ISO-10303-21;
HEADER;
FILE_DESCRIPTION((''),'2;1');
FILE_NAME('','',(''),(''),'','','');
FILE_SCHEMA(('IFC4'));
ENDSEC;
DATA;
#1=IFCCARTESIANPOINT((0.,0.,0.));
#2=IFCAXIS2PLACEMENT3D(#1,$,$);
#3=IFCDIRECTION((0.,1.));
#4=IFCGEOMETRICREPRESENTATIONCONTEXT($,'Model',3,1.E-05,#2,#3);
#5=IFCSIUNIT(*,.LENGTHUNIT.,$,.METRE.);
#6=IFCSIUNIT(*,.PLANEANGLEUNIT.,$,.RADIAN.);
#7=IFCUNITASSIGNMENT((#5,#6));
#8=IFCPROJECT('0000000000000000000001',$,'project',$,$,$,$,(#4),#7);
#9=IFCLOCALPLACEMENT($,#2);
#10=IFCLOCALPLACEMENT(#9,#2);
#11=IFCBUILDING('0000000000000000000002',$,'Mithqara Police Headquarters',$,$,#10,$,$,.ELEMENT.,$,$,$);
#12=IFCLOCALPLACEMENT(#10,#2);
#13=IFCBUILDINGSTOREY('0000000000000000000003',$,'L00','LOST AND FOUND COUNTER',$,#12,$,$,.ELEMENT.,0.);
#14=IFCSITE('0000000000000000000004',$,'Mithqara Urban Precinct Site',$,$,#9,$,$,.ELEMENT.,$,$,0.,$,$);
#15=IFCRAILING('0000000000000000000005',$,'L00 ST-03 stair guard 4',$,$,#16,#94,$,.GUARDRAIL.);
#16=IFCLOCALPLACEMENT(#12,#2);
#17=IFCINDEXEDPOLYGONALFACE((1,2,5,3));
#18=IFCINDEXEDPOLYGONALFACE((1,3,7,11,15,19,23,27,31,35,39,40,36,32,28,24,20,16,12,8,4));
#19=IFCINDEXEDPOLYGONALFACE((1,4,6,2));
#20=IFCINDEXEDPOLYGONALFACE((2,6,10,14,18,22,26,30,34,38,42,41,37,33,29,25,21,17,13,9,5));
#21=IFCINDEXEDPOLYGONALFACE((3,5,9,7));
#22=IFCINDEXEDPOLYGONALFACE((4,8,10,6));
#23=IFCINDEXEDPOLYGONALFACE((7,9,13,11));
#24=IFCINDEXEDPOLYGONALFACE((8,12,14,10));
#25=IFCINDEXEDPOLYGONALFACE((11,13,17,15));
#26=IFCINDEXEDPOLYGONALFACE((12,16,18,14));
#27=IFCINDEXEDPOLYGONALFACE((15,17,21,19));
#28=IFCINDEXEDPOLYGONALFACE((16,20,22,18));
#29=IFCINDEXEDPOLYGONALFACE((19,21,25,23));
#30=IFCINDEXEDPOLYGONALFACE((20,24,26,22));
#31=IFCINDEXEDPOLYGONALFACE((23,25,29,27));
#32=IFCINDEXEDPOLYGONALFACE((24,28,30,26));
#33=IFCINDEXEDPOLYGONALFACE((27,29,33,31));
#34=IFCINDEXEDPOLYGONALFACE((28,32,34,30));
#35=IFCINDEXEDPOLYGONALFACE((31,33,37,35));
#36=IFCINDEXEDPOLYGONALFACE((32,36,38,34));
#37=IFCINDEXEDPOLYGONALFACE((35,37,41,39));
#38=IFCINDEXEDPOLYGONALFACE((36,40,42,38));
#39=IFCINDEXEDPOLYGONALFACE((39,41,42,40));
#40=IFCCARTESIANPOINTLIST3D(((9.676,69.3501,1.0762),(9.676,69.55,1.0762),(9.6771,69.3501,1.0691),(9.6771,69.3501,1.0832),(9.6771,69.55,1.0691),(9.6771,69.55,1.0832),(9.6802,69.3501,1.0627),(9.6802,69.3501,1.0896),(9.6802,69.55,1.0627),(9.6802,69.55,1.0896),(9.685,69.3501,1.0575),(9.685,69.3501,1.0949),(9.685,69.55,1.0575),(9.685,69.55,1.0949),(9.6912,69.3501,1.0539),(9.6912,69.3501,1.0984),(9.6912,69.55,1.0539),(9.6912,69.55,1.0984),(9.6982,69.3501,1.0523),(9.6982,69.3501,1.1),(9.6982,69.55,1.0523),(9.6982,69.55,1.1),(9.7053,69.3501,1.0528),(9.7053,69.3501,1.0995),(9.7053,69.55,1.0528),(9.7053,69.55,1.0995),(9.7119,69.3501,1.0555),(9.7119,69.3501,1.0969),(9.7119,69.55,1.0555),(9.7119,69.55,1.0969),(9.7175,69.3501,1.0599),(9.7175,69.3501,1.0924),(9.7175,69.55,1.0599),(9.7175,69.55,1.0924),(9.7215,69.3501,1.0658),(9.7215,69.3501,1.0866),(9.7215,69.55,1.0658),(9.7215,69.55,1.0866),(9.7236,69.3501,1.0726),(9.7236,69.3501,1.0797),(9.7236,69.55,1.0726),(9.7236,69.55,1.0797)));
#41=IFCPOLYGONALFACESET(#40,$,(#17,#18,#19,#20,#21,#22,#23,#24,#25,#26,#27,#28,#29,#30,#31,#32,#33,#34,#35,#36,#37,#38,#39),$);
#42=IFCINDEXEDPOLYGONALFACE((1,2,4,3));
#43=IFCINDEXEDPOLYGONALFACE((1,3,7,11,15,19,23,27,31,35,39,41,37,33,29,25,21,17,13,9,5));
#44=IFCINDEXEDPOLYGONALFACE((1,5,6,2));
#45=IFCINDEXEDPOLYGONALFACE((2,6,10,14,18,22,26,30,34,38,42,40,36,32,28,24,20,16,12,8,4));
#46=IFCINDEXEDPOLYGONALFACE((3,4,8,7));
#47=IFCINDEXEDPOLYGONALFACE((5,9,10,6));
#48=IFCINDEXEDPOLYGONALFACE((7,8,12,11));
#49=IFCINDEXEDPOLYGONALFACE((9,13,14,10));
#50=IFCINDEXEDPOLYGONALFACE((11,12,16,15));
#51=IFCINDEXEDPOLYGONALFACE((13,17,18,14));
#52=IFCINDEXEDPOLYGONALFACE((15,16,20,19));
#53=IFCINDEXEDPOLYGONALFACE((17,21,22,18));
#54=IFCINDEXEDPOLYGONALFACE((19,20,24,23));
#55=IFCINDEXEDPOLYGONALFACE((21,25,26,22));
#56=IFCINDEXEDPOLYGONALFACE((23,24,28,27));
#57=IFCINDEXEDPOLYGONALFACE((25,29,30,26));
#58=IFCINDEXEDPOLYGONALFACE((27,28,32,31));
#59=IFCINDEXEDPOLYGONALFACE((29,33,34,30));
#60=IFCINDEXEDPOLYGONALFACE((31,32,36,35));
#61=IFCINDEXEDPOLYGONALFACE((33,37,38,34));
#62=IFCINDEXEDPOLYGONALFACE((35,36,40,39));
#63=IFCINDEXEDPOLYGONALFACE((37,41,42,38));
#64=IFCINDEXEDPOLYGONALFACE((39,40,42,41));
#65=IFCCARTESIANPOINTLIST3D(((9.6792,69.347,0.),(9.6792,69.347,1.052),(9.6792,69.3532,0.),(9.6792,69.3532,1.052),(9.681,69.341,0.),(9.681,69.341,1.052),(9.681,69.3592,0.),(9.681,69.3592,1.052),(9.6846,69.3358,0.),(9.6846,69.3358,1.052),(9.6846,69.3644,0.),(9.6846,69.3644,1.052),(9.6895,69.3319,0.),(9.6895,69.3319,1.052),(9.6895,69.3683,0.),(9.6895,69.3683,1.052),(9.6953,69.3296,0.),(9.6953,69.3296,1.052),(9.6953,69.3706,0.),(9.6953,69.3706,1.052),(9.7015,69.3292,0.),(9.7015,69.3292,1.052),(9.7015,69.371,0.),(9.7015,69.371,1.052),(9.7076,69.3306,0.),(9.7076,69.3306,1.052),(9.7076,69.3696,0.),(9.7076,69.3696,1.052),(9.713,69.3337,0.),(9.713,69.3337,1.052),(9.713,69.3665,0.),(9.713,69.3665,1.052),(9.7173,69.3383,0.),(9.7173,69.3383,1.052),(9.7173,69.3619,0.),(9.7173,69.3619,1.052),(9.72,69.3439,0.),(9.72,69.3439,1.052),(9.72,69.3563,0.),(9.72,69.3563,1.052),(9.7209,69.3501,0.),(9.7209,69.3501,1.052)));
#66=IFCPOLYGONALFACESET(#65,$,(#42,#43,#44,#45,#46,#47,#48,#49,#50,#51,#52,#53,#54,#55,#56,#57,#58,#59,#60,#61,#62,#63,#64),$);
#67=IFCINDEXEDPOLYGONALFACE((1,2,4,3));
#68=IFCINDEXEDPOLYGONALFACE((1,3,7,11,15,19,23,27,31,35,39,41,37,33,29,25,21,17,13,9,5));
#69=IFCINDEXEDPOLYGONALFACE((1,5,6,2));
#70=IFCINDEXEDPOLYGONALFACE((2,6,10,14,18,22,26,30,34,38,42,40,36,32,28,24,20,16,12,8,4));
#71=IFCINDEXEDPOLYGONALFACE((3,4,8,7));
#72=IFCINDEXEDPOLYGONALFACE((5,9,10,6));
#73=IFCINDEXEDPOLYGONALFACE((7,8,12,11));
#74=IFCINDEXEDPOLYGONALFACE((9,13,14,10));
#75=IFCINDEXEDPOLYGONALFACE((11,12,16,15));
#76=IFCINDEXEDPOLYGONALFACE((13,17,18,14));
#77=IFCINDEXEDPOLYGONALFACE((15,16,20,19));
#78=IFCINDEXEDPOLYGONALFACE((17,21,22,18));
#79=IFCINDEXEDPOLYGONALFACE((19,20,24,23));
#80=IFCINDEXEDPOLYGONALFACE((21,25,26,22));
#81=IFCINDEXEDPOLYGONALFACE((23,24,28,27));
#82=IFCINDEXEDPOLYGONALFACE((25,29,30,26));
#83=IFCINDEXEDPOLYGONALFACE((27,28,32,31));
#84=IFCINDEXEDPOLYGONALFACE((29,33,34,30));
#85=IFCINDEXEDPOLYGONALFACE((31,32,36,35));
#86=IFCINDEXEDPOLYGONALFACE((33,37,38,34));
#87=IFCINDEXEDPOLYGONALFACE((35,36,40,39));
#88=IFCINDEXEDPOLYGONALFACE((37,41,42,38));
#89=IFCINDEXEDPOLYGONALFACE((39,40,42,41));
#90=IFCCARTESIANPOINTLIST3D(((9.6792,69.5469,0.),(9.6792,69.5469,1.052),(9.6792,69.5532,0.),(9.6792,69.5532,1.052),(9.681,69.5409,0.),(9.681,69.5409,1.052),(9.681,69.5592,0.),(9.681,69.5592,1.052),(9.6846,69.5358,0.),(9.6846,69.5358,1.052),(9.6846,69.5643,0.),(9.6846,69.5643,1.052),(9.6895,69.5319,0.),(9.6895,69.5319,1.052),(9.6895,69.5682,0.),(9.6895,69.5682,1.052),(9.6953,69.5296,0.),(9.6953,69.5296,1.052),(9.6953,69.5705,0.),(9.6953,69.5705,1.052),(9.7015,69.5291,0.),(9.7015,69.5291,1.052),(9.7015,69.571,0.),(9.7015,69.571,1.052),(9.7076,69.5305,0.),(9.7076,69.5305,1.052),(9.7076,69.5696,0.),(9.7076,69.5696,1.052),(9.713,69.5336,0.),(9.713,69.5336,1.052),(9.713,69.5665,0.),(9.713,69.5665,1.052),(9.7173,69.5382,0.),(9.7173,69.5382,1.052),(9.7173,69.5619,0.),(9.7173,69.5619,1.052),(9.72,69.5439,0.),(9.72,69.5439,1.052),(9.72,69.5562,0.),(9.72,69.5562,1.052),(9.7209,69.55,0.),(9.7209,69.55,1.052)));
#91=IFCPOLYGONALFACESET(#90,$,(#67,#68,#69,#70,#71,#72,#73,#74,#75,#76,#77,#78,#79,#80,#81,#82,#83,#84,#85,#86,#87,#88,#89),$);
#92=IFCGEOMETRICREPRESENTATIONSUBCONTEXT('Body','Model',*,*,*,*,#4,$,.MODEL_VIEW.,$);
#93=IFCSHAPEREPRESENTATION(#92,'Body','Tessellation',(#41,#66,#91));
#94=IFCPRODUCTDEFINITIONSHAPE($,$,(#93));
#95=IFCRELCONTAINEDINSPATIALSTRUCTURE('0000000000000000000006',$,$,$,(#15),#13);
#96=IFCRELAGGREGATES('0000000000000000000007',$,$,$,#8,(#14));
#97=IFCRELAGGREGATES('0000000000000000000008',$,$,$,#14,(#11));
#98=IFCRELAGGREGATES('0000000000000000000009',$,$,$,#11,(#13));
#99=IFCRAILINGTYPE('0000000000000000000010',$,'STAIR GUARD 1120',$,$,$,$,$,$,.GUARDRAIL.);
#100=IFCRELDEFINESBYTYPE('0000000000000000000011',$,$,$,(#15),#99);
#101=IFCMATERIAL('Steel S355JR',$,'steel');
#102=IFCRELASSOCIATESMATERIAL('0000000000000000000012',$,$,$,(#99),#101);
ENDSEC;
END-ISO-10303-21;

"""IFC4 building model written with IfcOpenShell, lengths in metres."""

from ifc_helpers import new_model, si_unit, direction, frame, origin, origin_2d, place, context, subcontext, project, spatial, circle, extrude, material, type_object, element, save


model = new_model("IFC4")

# Units and contexts
model_context = context("Model", 3, precision=1e-05, world=origin(), true_north=direction((0.0, 1.0)))
body_context = subcontext(model_context, "Body", "Model", "MODEL_VIEW")
ifc_project = project(units=[si_unit("LENGTHUNIT", "METRE"), si_unit("PLANEANGLEUNIT", "RADIAN")], contexts=[model_context])

# Site, building, storey
site_placement = place(None, origin())
site = spatial("IfcSite", under=ifc_project, at=site_placement, Name="Mithqara Urban Precinct Site", CompositionType="ELEMENT", RefElevation=0.0)
building_placement = place(site_placement, origin())
building = spatial("IfcBuilding", under=site, at=building_placement, Name="Mithqara Police Headquarters", CompositionType="ELEMENT")
storey_placement = place(building_placement, origin())
storey = spatial("IfcBuildingStorey", under=building, at=storey_placement, Name="L00", Description="LOST AND FOUND COUNTER", CompositionType="ELEMENT", Elevation=0.0)

# Shared definitions
ifc_material_1 = material(Name="Steel S355JR", Category="steel")

# Railing
railing_type_1 = type_object("IfcRailingType", Name="STAIR GUARD 1120", PredefinedType="GUARDRAIL", material=ifc_material_1)
railing_1_placement = place(storey_placement, frame((9.7, 69.3501, 0.0)))
element("IfcRailing", 1, at=railing_1_placement, inside=storey, type_object=railing_type_1, Name="L00 ST-03 stair guard 4", PredefinedType="GUARDRAIL", context=body_context, shape_type="SweptSolid", body=[
    extrude(circle(Radius=0.0239, at=origin_2d()), frame((0.0, 0.0, 1.0762), z_axis=(0.0, 1.0, 0.0), x_axis=(-1.0, 0.0, 0.0)), (0.0, 0.0, 1.0), 0.2),
    extrude(circle(Radius=0.021, at=origin_2d()), origin(), (0.0, 0.0, 1.0), 1.052),
    extrude(circle(Radius=0.021, at=origin_2d()), frame((0.0, 0.2, 0.0)), (0.0, 0.0, 1.0), 1.052),
])

save(model, "model.ifc")
